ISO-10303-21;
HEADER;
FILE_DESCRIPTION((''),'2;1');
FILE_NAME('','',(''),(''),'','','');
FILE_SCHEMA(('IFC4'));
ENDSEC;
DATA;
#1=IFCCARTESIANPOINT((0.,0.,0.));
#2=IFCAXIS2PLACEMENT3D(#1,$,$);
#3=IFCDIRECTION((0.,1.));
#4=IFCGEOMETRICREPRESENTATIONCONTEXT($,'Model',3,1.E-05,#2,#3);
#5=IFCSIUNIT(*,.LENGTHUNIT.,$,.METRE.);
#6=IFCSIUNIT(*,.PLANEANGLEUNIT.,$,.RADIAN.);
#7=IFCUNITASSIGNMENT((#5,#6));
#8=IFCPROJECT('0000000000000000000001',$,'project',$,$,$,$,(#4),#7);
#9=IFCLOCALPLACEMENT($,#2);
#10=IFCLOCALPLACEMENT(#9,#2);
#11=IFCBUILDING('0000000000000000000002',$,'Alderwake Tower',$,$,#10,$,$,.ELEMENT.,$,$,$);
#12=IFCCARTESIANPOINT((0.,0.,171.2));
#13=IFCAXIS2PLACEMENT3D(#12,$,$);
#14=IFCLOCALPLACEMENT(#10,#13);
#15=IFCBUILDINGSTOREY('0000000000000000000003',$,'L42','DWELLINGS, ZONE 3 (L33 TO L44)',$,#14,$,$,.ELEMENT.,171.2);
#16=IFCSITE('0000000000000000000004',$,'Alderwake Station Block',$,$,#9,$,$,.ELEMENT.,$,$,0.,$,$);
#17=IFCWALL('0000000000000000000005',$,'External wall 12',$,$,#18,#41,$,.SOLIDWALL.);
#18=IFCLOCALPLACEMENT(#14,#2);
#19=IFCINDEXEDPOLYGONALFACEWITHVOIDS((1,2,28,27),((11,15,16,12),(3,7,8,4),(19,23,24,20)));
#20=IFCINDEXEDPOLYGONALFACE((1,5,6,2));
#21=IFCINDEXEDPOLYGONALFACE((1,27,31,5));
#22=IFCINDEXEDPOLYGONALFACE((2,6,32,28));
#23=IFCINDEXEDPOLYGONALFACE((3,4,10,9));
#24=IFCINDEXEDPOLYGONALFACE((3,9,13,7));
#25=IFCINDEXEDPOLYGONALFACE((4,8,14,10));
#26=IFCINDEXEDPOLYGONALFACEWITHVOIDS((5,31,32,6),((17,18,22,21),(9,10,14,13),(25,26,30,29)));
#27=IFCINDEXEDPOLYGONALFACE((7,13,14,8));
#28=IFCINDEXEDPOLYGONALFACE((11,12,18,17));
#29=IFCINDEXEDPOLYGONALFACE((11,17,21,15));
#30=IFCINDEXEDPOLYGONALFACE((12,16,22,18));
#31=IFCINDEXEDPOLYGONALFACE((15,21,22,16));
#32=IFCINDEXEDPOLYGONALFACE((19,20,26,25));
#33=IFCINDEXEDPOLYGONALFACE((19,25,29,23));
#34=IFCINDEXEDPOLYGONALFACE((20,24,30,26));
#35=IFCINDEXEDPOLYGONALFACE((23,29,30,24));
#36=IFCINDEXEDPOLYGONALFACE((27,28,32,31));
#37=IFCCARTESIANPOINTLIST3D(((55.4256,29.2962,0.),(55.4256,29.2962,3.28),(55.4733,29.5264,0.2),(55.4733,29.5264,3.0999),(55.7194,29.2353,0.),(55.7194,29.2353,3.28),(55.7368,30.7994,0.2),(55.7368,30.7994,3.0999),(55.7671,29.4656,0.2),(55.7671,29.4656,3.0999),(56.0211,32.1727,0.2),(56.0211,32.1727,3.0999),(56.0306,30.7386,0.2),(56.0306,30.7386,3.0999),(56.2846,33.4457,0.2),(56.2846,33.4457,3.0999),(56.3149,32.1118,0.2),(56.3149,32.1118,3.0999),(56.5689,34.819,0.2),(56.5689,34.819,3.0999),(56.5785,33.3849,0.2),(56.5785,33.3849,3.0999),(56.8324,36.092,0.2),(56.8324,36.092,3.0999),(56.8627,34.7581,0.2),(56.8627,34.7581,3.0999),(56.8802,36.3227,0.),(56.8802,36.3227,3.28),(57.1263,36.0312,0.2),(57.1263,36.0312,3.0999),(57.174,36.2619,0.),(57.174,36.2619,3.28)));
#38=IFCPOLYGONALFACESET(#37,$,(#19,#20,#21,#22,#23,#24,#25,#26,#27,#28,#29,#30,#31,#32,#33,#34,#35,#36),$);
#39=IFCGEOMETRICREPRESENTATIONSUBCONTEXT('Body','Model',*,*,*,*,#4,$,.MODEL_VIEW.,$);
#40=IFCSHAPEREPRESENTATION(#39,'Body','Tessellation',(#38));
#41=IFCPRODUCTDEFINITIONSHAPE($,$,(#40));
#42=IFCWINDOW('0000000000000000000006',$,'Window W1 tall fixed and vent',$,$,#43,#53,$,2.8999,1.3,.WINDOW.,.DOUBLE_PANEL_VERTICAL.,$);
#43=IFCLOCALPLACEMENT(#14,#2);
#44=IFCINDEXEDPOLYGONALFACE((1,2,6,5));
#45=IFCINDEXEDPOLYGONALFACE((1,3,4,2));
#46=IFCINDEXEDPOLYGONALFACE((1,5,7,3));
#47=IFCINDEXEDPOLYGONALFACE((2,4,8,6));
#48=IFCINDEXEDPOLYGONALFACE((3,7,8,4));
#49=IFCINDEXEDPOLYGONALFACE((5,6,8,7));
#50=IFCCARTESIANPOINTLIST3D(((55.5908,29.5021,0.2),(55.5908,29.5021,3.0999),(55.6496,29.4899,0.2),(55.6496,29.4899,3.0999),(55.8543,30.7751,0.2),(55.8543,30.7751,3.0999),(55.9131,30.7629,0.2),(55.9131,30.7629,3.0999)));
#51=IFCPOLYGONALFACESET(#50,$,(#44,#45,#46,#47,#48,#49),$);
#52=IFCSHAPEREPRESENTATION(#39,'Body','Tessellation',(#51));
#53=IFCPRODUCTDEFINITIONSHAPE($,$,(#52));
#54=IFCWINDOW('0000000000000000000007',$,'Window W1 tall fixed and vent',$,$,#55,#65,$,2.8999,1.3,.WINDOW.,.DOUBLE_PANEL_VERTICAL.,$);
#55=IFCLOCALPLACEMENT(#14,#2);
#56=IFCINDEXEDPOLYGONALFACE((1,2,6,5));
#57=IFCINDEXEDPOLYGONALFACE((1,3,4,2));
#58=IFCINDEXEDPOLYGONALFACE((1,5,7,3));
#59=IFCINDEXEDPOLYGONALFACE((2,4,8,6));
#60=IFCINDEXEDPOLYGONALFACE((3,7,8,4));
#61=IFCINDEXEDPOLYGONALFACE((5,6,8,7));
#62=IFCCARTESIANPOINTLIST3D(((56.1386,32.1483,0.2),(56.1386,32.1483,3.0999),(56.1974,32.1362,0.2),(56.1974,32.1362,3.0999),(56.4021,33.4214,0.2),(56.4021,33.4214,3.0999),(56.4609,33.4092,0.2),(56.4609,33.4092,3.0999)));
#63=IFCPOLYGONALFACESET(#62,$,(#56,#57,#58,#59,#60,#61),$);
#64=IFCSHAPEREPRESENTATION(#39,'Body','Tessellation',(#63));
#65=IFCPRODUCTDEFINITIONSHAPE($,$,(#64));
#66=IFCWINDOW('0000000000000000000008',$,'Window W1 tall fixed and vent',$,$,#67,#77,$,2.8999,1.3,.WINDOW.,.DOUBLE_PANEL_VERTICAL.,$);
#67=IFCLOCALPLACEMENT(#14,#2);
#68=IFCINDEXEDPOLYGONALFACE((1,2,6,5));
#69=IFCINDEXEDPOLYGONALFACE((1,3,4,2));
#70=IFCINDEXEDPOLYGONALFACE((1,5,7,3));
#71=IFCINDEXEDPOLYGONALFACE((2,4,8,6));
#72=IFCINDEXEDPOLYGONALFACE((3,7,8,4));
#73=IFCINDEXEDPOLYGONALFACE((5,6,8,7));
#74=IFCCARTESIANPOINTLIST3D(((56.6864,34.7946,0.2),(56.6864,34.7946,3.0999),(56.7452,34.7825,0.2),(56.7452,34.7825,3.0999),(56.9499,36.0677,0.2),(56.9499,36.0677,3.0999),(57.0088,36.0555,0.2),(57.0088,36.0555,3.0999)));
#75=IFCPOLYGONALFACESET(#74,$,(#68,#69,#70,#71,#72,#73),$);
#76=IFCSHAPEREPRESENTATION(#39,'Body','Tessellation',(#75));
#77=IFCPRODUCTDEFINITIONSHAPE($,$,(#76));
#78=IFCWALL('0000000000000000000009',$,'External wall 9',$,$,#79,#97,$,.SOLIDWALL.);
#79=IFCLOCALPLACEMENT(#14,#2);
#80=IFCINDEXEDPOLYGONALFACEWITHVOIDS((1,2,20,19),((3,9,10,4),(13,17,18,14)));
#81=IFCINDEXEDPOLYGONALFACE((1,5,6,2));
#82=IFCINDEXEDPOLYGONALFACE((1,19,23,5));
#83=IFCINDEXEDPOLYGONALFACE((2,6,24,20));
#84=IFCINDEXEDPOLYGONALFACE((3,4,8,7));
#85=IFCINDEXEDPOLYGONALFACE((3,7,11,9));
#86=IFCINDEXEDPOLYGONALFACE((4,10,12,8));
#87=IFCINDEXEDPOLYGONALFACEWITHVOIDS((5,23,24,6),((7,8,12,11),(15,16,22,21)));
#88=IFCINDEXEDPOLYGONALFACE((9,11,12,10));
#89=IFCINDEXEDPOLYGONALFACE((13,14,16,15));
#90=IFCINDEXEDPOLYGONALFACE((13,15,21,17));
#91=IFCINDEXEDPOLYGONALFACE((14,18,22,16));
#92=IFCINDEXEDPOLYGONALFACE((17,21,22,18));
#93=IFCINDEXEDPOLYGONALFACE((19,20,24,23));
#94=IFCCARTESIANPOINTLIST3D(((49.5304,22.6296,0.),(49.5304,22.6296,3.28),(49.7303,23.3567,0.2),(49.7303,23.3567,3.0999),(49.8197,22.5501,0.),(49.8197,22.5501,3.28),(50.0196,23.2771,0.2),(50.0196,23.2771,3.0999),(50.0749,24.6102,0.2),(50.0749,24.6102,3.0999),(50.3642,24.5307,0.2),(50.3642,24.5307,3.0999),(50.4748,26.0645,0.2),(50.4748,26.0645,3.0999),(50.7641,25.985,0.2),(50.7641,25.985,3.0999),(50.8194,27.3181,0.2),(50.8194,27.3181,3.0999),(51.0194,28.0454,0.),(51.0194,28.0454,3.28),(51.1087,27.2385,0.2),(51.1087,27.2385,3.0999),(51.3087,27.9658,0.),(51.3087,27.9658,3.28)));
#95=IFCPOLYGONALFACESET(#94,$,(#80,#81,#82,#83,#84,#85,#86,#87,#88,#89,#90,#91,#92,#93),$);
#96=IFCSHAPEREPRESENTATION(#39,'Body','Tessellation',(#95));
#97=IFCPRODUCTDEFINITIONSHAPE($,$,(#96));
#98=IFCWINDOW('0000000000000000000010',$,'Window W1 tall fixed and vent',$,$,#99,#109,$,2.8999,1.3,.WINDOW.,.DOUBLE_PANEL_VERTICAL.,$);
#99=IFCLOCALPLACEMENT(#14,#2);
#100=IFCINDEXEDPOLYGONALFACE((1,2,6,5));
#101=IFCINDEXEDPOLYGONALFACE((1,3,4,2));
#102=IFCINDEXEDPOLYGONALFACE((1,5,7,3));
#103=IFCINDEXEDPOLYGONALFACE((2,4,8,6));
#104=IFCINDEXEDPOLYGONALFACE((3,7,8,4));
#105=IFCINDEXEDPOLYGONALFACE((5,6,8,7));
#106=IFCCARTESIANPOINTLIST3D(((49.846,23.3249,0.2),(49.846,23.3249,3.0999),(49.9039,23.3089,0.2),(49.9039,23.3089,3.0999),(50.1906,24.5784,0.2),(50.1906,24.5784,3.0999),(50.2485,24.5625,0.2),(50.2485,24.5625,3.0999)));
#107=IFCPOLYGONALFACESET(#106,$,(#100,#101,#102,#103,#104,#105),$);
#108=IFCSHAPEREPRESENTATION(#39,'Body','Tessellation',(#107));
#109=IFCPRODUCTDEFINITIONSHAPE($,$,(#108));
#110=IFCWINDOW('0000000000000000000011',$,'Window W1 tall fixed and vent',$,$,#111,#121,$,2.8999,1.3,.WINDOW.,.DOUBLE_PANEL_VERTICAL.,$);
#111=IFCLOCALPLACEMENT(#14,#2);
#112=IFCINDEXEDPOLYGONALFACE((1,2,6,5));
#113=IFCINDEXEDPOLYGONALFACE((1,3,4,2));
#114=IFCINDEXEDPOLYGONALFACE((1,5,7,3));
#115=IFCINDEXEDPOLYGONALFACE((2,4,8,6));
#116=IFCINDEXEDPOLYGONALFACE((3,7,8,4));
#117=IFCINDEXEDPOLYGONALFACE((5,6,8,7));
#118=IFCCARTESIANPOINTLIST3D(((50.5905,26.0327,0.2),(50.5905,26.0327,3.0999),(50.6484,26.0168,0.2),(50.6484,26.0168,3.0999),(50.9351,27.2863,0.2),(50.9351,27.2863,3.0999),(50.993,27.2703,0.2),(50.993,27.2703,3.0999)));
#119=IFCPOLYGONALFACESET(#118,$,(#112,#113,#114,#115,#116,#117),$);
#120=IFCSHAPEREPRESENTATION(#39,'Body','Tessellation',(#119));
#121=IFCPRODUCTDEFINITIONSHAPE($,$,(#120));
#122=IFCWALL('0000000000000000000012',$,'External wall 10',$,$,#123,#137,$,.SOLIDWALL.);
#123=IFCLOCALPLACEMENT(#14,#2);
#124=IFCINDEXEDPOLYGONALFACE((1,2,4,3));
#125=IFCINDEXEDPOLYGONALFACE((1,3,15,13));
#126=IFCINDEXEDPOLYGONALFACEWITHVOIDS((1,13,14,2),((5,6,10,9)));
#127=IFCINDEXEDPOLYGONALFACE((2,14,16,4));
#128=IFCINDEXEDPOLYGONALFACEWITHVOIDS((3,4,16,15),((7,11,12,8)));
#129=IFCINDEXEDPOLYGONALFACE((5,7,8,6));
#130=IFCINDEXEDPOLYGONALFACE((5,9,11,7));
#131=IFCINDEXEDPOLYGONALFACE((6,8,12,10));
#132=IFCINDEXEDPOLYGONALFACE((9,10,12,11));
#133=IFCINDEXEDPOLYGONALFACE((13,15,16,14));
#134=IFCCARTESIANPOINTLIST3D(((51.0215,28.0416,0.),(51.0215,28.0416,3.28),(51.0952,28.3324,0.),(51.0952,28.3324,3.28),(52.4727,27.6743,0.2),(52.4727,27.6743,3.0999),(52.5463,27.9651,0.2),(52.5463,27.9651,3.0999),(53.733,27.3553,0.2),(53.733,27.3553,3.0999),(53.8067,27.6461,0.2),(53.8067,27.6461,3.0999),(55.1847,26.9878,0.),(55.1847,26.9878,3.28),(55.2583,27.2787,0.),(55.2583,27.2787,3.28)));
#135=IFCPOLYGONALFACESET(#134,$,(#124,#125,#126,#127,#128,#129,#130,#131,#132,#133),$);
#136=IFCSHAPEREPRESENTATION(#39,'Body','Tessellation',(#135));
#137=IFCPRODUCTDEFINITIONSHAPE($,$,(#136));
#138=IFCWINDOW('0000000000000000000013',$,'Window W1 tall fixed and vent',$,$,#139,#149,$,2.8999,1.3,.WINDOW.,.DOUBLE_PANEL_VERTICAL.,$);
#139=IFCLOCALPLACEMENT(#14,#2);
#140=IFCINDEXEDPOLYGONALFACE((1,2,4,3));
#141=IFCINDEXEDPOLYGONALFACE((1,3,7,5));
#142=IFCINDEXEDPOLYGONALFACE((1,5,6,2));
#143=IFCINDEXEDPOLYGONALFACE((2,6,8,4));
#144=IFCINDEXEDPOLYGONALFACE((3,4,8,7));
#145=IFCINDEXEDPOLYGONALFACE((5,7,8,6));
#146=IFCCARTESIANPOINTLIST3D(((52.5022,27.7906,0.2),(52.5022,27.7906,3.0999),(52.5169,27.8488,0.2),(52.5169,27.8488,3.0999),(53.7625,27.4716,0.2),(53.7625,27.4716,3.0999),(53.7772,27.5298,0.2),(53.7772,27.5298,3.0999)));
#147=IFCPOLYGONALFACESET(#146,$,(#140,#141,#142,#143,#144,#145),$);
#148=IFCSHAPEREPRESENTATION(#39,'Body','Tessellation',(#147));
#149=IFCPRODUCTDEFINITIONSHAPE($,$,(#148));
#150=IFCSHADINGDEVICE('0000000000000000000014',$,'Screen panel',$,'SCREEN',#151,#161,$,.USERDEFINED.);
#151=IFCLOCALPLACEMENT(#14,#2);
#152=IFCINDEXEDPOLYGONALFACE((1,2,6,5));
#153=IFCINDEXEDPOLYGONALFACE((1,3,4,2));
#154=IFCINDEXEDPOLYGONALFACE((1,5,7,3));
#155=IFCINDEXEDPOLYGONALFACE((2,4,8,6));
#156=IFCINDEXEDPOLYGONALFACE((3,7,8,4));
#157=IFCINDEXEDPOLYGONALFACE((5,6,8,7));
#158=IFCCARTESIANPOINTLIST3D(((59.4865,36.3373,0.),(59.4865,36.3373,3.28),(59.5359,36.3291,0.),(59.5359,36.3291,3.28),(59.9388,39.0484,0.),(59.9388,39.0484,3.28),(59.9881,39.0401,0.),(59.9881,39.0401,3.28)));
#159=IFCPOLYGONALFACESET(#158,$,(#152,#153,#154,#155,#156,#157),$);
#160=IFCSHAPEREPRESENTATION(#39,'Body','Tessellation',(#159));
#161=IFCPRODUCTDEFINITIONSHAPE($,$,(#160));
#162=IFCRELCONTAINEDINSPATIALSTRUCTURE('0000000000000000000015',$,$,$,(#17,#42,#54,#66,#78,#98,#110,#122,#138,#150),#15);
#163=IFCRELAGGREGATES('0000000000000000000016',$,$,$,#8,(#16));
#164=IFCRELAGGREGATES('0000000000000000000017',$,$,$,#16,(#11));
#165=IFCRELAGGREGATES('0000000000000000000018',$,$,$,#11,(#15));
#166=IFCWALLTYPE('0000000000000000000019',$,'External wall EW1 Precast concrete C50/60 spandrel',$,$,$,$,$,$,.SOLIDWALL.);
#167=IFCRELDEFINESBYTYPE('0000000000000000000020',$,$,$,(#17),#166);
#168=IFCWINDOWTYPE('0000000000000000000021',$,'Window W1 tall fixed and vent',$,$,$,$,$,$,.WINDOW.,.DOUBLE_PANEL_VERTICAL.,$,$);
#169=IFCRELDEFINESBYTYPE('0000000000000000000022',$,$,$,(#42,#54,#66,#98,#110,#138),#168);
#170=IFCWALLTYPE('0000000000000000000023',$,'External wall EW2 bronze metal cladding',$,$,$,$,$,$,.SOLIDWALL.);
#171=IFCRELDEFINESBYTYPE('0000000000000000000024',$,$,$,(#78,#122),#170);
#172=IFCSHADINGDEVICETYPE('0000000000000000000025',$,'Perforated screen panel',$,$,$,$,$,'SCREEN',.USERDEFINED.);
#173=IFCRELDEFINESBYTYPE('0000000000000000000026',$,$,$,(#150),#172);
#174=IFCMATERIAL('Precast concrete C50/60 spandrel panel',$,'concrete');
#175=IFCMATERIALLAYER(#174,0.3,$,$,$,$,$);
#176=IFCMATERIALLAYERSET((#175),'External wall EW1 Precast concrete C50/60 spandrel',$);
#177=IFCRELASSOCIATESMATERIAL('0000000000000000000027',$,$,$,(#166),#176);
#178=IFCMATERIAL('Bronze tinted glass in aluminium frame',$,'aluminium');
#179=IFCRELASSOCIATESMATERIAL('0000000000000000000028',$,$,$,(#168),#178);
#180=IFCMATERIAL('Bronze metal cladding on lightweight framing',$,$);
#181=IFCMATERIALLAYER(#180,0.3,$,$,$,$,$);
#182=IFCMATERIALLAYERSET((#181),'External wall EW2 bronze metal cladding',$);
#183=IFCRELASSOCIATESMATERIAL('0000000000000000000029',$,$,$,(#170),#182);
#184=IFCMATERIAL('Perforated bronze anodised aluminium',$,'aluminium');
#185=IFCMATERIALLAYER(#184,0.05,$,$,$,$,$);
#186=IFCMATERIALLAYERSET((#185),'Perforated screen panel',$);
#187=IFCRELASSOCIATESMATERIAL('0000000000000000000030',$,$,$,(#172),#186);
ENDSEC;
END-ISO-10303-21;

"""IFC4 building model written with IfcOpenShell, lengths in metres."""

from ifc_helpers import new_model, si_unit, direction, frame, frame_2d, origin, origin_2d, place, context, subcontext, project, spatial, rectangle, extrude, material, layer, layer_set, type_object, element, fill, save


model = new_model("IFC4")

# Units and contexts
model_context = context("Model", 3, precision=1e-05, world=origin(), true_north=direction((0.0, 1.0)))
body_context = subcontext(model_context, "Body", "Model", "MODEL_VIEW")
ifc_project = project(units=[si_unit("LENGTHUNIT", "METRE"), si_unit("PLANEANGLEUNIT", "RADIAN")], contexts=[model_context])

# Site, building, storey
site_placement = place(None, origin())
site = spatial("IfcSite", under=ifc_project, at=site_placement, Name="Alderwake Station Block", CompositionType="ELEMENT", RefElevation=0.0)
building_placement = place(site_placement, origin())
building = spatial("IfcBuilding", under=site, at=building_placement, Name="Alderwake Tower", CompositionType="ELEMENT")
storey_placement = place(building_placement, frame((0.0, 0.0, 171.2)))
storey = spatial("IfcBuildingStorey", under=building, at=storey_placement, Name="L42", Description="DWELLINGS, ZONE 3 (L33 TO L44)", CompositionType="ELEMENT", Elevation=171.2)

# Shared definitions
ifc_material_1 = material(Name="Precast concrete C50/60 spandrel panel", Category="concrete")
ifc_layer_1 = layer(ifc_material_1, 0.3)
ifc_layer_set_1 = layer_set([ifc_layer_1], Name="External wall EW1 Precast concrete C50/60 spandrel")
wall_type_1 = type_object("IfcWallType", Name="External wall EW1 Precast concrete C50/60 spandrel", PredefinedType="SOLIDWALL", material=ifc_layer_set_1)

# Wall, openings, windows
wall_1_placement = place(storey_placement, frame((55.5725, 29.2656, 0.0), z_axis=(0.0, 0.0, 1.0), x_axis=(0.202714, 0.979238, 0.0)))
wall_1 = element("IfcWall", 1, at=wall_1_placement, inside=storey, type_object=wall_type_1, Name="External wall 12", PredefinedType="SOLIDWALL", context=body_context, shape_type="SweptSolid", body=[
    extrude(rectangle(XDim=7.1755, YDim=0.3, at=frame_2d((3.5879, 0.0))), origin(), (0.0, 0.0, 1.0), 3.28),
])
opening_1_placement = place(wall_1_placement, frame((0.2354, 0.0, 0.2)))
opening_1 = element("IfcOpeningElement", 2, at=opening_1_placement, cuts=wall_1, PredefinedType="OPENING", context=body_context, shape_type="SweptSolid", body=[
    extrude(rectangle(XDim=1.3, YDim=2.8999, at=frame_2d((0.6499, 1.45))), frame((0.0, 0.1599, 0.0), z_axis=(0.0, -1.0, 0.0), x_axis=(1.0, 0.0, 0.0)), (0.0, 0.0, 1.0), 0.3201),
])
opening_2_placement = place(wall_1_placement, frame((2.9377, 0.0, 0.2)))
opening_2 = element("IfcOpeningElement", 3, at=opening_2_placement, cuts=wall_1, PredefinedType="OPENING", context=body_context, shape_type="SweptSolid", body=[
    extrude(rectangle(XDim=1.3, YDim=2.8999, at=frame_2d((0.6499, 1.45))), frame((0.0, 0.1599, 0.0), z_axis=(0.0, -1.0, 0.0), x_axis=(1.0, 0.0, 0.0)), (0.0, 0.0, 1.0), 0.3201),
])
opening_3_placement = place(wall_1_placement, frame((5.6401, 0.0, 0.2)))
opening_3 = element("IfcOpeningElement", 4, at=opening_3_placement, cuts=wall_1, PredefinedType="OPENING", context=body_context, shape_type="SweptSolid", body=[
    extrude(rectangle(XDim=1.3, YDim=2.8999, at=frame_2d((0.6499, 1.45))), frame((0.0, 0.1599, 0.0), z_axis=(0.0, -1.0, 0.0), x_axis=(1.0, 0.0, 0.0)), (0.0, 0.0, 1.0), 0.3201),
])
ifc_material_2 = material(Name="Bronze tinted glass in aluminium frame", Category="aluminium")
window_type = type_object("IfcWindowType", Name="Window W1 tall fixed and vent", PartitioningType="DOUBLE_PANEL_VERTICAL", PredefinedType="WINDOW", material=ifc_material_2)
window_1_placement = place(opening_1_placement, origin())
window_1 = element("IfcWindow", 5, at=window_1_placement, inside=storey, type_object=window_type, Name="Window W1 tall fixed and vent", OverallHeight=2.8999, OverallWidth=1.3, PartitioningType="DOUBLE_PANEL_VERTICAL", PredefinedType="WINDOW", context=body_context, shape_type="SweptSolid", body=[
    extrude(rectangle(XDim=1.3, YDim=2.8999, at=frame_2d((0.6499, 1.45))), frame((0.0, 0.03, 0.0), z_axis=(0.0, -1.0, 0.0), x_axis=(1.0, 0.0, 0.0)), (0.0, 0.0, 1.0), 0.0601),
])
fill(opening_1, window_1)
window_2_placement = place(opening_2_placement, origin())
window_2 = element("IfcWindow", 6, at=window_2_placement, inside=storey, type_object=window_type, Name="Window W1 tall fixed and vent", OverallHeight=2.8999, OverallWidth=1.3, PartitioningType="DOUBLE_PANEL_VERTICAL", PredefinedType="WINDOW", context=body_context, shape_type="SweptSolid", body=[
    extrude(rectangle(XDim=1.3, YDim=2.8999, at=frame_2d((0.6499, 1.45))), frame((0.0, 0.03, 0.0), z_axis=(0.0, -1.0, 0.0), x_axis=(1.0, 0.0, 0.0)), (0.0, 0.0, 1.0), 0.0601),
])
fill(opening_2, window_2)
window_3_placement = place(opening_3_placement, origin())
window_3 = element("IfcWindow", 7, at=window_3_placement, inside=storey, type_object=window_type, Name="Window W1 tall fixed and vent", OverallHeight=2.8999, OverallWidth=1.3, PartitioningType="DOUBLE_PANEL_VERTICAL", PredefinedType="WINDOW", context=body_context, shape_type="SweptSolid", body=[
    extrude(rectangle(XDim=1.3, YDim=2.8999, at=frame_2d((0.6499, 1.45))), frame((0.0, 0.03, 0.0), z_axis=(0.0, -1.0, 0.0), x_axis=(1.0, 0.0, 0.0)), (0.0, 0.0, 1.0), 0.0601),
])
fill(opening_3, window_3)

# Wall, openings, windows
ifc_material_3 = material(Name="Bronze metal cladding on lightweight framing")
ifc_layer_2 = layer(ifc_material_3, 0.3)
ifc_layer_set_2 = layer_set([ifc_layer_2], Name="External wall EW2 bronze metal cladding")
wall_type_2 = type_object("IfcWallType", Name="External wall EW2 bronze metal cladding", PredefinedType="SOLIDWALL", material=ifc_layer_set_2)
wall_2_placement = place(storey_placement, frame((49.675, 22.5898, 0.0), z_axis=(0.0, 0.0, 1.0), x_axis=(0.265103, 0.96422, 0.0)))
wall_2 = element("IfcWall", 8, at=wall_2_placement, inside=storey, type_object=wall_type_2, Name="External wall 9", PredefinedType="SOLIDWALL", context=body_context, shape_type="SweptSolid", body=[
    extrude(rectangle(XDim=5.6167, YDim=0.3, at=frame_2d((2.8083, 0.0))), origin(), (0.0, 0.0, 1.0), 3.28),
])
opening_4_placement = place(wall_2_placement, frame((0.7542, 0.0, 0.2)))
opening_4 = element("IfcOpeningElement", 9, at=opening_4_placement, cuts=wall_2, PredefinedType="OPENING", context=body_context, shape_type="SweptSolid", body=[
    extrude(rectangle(XDim=1.3, YDim=2.8999, at=frame_2d((0.6499, 1.45))), frame((0.0, 0.1599, 0.0), z_axis=(0.0, -1.0, 0.0), x_axis=(1.0, 0.0, 0.0)), (0.0, 0.0, 1.0), 0.3201),
])
opening_5_placement = place(wall_2_placement, frame((3.5625, 0.0, 0.2)))
opening_5 = element("IfcOpeningElement", 10, at=opening_5_placement, cuts=wall_2, PredefinedType="OPENING", context=body_context, shape_type="SweptSolid", body=[
    extrude(rectangle(XDim=1.3, YDim=2.8999, at=frame_2d((0.6499, 1.45))), frame((0.0, 0.1599, 0.0), z_axis=(0.0, -1.0, 0.0), x_axis=(1.0, 0.0, 0.0)), (0.0, 0.0, 1.0), 0.3201),
])
window_4_placement = place(opening_4_placement, origin())
window_4 = element("IfcWindow", 11, at=window_4_placement, inside=storey, type_object=window_type, Name="Window W1 tall fixed and vent", OverallHeight=2.8999, OverallWidth=1.3, PartitioningType="DOUBLE_PANEL_VERTICAL", PredefinedType="WINDOW", context=body_context, shape_type="SweptSolid", body=[
    extrude(rectangle(XDim=1.3, YDim=2.8999, at=frame_2d((0.6499, 1.45))), frame((0.0, 0.03, 0.0), z_axis=(0.0, -1.0, 0.0), x_axis=(1.0, 0.0, 0.0)), (0.0, 0.0, 1.0), 0.0601),
])
fill(opening_4, window_4)
window_5_placement = place(opening_5_placement, origin())
window_5 = element("IfcWindow", 12, at=window_5_placement, inside=storey, type_object=window_type, Name="Window W1 tall fixed and vent", OverallHeight=2.8999, OverallWidth=1.3, PartitioningType="DOUBLE_PANEL_VERTICAL", PredefinedType="WINDOW", context=body_context, shape_type="SweptSolid", body=[
    extrude(rectangle(XDim=1.3, YDim=2.8999, at=frame_2d((0.6499, 1.45))), frame((0.0, 0.03, 0.0), z_axis=(0.0, -1.0, 0.0), x_axis=(1.0, 0.0, 0.0)), (0.0, 0.0, 1.0), 0.0601),
])
fill(opening_5, window_5)

# Wall, opening, window
wall_3_placement = place(storey_placement, frame((51.0583, 28.187, 0.0), z_axis=(0.0, 0.0, 1.0), x_axis=(0.969429, -0.24537, 0.0)))
wall_3 = element("IfcWall", 13, at=wall_3_placement, inside=storey, type_object=wall_type_2, Name="External wall 10", PredefinedType="SOLIDWALL", context=body_context, shape_type="SweptSolid", body=[
    extrude(rectangle(XDim=4.2944, YDim=0.3, at=frame_2d((2.1472, 0.0))), origin(), (0.0, 0.0, 1.0), 3.28),
])
opening_6_placement = place(wall_3_placement, frame((1.4971, 0.0, 0.2)))
opening_6 = element("IfcOpeningElement", 14, at=opening_6_placement, cuts=wall_3, PredefinedType="OPENING", context=body_context, shape_type="SweptSolid", body=[
    extrude(rectangle(XDim=1.3, YDim=2.8999, at=frame_2d((0.6499, 1.45))), frame((0.0, 0.1599, 0.0), z_axis=(0.0, -1.0, 0.0), x_axis=(1.0, 0.0, 0.0)), (0.0, 0.0, 1.0), 0.3201),
])
window_6_placement = place(opening_6_placement, origin())
window_6 = element("IfcWindow", 15, at=window_6_placement, inside=storey, type_object=window_type, Name="Window W1 tall fixed and vent", OverallHeight=2.8999, OverallWidth=1.3, PartitioningType="DOUBLE_PANEL_VERTICAL", PredefinedType="WINDOW", context=body_context, shape_type="SweptSolid", body=[
    extrude(rectangle(XDim=1.3, YDim=2.8999, at=frame_2d((0.6499, 1.45))), frame((0.0, 0.03, 0.0), z_axis=(0.0, -1.0, 0.0), x_axis=(1.0, 0.0, 0.0)), (0.0, 0.0, 1.0), 0.0601),
])
fill(opening_6, window_6)

# Shading device
ifc_material_4 = material(Name="Perforated bronze anodised aluminium", Category="aluminium")
ifc_layer_3 = layer(ifc_material_4, 0.05)
ifc_layer_set_3 = layer_set([ifc_layer_3], Name="Perforated screen panel")
shading_device_type = type_object("IfcShadingDeviceType", Name="Perforated screen panel", ElementType="SCREEN", PredefinedType="USERDEFINED", material=ifc_layer_set_3)
shading_device_placement = place(storey_placement, frame((59.7373, 37.6887, 0.0), z_axis=(0.0, 0.0, 1.0), x_axis=(0.986369, -0.164548, 0.0)))
element("IfcShadingDevice", 16, at=shading_device_placement, inside=storey, type_object=shading_device_type, Name="Screen panel", ObjectType="SCREEN", PredefinedType="USERDEFINED", context=body_context, shape_type="SweptSolid", body=[
    extrude(rectangle(XDim=0.05, YDim=2.7485, at=origin_2d()), origin(), (0.0, 0.0, 1.0), 3.28),
])

save(model, "model.ifc")
